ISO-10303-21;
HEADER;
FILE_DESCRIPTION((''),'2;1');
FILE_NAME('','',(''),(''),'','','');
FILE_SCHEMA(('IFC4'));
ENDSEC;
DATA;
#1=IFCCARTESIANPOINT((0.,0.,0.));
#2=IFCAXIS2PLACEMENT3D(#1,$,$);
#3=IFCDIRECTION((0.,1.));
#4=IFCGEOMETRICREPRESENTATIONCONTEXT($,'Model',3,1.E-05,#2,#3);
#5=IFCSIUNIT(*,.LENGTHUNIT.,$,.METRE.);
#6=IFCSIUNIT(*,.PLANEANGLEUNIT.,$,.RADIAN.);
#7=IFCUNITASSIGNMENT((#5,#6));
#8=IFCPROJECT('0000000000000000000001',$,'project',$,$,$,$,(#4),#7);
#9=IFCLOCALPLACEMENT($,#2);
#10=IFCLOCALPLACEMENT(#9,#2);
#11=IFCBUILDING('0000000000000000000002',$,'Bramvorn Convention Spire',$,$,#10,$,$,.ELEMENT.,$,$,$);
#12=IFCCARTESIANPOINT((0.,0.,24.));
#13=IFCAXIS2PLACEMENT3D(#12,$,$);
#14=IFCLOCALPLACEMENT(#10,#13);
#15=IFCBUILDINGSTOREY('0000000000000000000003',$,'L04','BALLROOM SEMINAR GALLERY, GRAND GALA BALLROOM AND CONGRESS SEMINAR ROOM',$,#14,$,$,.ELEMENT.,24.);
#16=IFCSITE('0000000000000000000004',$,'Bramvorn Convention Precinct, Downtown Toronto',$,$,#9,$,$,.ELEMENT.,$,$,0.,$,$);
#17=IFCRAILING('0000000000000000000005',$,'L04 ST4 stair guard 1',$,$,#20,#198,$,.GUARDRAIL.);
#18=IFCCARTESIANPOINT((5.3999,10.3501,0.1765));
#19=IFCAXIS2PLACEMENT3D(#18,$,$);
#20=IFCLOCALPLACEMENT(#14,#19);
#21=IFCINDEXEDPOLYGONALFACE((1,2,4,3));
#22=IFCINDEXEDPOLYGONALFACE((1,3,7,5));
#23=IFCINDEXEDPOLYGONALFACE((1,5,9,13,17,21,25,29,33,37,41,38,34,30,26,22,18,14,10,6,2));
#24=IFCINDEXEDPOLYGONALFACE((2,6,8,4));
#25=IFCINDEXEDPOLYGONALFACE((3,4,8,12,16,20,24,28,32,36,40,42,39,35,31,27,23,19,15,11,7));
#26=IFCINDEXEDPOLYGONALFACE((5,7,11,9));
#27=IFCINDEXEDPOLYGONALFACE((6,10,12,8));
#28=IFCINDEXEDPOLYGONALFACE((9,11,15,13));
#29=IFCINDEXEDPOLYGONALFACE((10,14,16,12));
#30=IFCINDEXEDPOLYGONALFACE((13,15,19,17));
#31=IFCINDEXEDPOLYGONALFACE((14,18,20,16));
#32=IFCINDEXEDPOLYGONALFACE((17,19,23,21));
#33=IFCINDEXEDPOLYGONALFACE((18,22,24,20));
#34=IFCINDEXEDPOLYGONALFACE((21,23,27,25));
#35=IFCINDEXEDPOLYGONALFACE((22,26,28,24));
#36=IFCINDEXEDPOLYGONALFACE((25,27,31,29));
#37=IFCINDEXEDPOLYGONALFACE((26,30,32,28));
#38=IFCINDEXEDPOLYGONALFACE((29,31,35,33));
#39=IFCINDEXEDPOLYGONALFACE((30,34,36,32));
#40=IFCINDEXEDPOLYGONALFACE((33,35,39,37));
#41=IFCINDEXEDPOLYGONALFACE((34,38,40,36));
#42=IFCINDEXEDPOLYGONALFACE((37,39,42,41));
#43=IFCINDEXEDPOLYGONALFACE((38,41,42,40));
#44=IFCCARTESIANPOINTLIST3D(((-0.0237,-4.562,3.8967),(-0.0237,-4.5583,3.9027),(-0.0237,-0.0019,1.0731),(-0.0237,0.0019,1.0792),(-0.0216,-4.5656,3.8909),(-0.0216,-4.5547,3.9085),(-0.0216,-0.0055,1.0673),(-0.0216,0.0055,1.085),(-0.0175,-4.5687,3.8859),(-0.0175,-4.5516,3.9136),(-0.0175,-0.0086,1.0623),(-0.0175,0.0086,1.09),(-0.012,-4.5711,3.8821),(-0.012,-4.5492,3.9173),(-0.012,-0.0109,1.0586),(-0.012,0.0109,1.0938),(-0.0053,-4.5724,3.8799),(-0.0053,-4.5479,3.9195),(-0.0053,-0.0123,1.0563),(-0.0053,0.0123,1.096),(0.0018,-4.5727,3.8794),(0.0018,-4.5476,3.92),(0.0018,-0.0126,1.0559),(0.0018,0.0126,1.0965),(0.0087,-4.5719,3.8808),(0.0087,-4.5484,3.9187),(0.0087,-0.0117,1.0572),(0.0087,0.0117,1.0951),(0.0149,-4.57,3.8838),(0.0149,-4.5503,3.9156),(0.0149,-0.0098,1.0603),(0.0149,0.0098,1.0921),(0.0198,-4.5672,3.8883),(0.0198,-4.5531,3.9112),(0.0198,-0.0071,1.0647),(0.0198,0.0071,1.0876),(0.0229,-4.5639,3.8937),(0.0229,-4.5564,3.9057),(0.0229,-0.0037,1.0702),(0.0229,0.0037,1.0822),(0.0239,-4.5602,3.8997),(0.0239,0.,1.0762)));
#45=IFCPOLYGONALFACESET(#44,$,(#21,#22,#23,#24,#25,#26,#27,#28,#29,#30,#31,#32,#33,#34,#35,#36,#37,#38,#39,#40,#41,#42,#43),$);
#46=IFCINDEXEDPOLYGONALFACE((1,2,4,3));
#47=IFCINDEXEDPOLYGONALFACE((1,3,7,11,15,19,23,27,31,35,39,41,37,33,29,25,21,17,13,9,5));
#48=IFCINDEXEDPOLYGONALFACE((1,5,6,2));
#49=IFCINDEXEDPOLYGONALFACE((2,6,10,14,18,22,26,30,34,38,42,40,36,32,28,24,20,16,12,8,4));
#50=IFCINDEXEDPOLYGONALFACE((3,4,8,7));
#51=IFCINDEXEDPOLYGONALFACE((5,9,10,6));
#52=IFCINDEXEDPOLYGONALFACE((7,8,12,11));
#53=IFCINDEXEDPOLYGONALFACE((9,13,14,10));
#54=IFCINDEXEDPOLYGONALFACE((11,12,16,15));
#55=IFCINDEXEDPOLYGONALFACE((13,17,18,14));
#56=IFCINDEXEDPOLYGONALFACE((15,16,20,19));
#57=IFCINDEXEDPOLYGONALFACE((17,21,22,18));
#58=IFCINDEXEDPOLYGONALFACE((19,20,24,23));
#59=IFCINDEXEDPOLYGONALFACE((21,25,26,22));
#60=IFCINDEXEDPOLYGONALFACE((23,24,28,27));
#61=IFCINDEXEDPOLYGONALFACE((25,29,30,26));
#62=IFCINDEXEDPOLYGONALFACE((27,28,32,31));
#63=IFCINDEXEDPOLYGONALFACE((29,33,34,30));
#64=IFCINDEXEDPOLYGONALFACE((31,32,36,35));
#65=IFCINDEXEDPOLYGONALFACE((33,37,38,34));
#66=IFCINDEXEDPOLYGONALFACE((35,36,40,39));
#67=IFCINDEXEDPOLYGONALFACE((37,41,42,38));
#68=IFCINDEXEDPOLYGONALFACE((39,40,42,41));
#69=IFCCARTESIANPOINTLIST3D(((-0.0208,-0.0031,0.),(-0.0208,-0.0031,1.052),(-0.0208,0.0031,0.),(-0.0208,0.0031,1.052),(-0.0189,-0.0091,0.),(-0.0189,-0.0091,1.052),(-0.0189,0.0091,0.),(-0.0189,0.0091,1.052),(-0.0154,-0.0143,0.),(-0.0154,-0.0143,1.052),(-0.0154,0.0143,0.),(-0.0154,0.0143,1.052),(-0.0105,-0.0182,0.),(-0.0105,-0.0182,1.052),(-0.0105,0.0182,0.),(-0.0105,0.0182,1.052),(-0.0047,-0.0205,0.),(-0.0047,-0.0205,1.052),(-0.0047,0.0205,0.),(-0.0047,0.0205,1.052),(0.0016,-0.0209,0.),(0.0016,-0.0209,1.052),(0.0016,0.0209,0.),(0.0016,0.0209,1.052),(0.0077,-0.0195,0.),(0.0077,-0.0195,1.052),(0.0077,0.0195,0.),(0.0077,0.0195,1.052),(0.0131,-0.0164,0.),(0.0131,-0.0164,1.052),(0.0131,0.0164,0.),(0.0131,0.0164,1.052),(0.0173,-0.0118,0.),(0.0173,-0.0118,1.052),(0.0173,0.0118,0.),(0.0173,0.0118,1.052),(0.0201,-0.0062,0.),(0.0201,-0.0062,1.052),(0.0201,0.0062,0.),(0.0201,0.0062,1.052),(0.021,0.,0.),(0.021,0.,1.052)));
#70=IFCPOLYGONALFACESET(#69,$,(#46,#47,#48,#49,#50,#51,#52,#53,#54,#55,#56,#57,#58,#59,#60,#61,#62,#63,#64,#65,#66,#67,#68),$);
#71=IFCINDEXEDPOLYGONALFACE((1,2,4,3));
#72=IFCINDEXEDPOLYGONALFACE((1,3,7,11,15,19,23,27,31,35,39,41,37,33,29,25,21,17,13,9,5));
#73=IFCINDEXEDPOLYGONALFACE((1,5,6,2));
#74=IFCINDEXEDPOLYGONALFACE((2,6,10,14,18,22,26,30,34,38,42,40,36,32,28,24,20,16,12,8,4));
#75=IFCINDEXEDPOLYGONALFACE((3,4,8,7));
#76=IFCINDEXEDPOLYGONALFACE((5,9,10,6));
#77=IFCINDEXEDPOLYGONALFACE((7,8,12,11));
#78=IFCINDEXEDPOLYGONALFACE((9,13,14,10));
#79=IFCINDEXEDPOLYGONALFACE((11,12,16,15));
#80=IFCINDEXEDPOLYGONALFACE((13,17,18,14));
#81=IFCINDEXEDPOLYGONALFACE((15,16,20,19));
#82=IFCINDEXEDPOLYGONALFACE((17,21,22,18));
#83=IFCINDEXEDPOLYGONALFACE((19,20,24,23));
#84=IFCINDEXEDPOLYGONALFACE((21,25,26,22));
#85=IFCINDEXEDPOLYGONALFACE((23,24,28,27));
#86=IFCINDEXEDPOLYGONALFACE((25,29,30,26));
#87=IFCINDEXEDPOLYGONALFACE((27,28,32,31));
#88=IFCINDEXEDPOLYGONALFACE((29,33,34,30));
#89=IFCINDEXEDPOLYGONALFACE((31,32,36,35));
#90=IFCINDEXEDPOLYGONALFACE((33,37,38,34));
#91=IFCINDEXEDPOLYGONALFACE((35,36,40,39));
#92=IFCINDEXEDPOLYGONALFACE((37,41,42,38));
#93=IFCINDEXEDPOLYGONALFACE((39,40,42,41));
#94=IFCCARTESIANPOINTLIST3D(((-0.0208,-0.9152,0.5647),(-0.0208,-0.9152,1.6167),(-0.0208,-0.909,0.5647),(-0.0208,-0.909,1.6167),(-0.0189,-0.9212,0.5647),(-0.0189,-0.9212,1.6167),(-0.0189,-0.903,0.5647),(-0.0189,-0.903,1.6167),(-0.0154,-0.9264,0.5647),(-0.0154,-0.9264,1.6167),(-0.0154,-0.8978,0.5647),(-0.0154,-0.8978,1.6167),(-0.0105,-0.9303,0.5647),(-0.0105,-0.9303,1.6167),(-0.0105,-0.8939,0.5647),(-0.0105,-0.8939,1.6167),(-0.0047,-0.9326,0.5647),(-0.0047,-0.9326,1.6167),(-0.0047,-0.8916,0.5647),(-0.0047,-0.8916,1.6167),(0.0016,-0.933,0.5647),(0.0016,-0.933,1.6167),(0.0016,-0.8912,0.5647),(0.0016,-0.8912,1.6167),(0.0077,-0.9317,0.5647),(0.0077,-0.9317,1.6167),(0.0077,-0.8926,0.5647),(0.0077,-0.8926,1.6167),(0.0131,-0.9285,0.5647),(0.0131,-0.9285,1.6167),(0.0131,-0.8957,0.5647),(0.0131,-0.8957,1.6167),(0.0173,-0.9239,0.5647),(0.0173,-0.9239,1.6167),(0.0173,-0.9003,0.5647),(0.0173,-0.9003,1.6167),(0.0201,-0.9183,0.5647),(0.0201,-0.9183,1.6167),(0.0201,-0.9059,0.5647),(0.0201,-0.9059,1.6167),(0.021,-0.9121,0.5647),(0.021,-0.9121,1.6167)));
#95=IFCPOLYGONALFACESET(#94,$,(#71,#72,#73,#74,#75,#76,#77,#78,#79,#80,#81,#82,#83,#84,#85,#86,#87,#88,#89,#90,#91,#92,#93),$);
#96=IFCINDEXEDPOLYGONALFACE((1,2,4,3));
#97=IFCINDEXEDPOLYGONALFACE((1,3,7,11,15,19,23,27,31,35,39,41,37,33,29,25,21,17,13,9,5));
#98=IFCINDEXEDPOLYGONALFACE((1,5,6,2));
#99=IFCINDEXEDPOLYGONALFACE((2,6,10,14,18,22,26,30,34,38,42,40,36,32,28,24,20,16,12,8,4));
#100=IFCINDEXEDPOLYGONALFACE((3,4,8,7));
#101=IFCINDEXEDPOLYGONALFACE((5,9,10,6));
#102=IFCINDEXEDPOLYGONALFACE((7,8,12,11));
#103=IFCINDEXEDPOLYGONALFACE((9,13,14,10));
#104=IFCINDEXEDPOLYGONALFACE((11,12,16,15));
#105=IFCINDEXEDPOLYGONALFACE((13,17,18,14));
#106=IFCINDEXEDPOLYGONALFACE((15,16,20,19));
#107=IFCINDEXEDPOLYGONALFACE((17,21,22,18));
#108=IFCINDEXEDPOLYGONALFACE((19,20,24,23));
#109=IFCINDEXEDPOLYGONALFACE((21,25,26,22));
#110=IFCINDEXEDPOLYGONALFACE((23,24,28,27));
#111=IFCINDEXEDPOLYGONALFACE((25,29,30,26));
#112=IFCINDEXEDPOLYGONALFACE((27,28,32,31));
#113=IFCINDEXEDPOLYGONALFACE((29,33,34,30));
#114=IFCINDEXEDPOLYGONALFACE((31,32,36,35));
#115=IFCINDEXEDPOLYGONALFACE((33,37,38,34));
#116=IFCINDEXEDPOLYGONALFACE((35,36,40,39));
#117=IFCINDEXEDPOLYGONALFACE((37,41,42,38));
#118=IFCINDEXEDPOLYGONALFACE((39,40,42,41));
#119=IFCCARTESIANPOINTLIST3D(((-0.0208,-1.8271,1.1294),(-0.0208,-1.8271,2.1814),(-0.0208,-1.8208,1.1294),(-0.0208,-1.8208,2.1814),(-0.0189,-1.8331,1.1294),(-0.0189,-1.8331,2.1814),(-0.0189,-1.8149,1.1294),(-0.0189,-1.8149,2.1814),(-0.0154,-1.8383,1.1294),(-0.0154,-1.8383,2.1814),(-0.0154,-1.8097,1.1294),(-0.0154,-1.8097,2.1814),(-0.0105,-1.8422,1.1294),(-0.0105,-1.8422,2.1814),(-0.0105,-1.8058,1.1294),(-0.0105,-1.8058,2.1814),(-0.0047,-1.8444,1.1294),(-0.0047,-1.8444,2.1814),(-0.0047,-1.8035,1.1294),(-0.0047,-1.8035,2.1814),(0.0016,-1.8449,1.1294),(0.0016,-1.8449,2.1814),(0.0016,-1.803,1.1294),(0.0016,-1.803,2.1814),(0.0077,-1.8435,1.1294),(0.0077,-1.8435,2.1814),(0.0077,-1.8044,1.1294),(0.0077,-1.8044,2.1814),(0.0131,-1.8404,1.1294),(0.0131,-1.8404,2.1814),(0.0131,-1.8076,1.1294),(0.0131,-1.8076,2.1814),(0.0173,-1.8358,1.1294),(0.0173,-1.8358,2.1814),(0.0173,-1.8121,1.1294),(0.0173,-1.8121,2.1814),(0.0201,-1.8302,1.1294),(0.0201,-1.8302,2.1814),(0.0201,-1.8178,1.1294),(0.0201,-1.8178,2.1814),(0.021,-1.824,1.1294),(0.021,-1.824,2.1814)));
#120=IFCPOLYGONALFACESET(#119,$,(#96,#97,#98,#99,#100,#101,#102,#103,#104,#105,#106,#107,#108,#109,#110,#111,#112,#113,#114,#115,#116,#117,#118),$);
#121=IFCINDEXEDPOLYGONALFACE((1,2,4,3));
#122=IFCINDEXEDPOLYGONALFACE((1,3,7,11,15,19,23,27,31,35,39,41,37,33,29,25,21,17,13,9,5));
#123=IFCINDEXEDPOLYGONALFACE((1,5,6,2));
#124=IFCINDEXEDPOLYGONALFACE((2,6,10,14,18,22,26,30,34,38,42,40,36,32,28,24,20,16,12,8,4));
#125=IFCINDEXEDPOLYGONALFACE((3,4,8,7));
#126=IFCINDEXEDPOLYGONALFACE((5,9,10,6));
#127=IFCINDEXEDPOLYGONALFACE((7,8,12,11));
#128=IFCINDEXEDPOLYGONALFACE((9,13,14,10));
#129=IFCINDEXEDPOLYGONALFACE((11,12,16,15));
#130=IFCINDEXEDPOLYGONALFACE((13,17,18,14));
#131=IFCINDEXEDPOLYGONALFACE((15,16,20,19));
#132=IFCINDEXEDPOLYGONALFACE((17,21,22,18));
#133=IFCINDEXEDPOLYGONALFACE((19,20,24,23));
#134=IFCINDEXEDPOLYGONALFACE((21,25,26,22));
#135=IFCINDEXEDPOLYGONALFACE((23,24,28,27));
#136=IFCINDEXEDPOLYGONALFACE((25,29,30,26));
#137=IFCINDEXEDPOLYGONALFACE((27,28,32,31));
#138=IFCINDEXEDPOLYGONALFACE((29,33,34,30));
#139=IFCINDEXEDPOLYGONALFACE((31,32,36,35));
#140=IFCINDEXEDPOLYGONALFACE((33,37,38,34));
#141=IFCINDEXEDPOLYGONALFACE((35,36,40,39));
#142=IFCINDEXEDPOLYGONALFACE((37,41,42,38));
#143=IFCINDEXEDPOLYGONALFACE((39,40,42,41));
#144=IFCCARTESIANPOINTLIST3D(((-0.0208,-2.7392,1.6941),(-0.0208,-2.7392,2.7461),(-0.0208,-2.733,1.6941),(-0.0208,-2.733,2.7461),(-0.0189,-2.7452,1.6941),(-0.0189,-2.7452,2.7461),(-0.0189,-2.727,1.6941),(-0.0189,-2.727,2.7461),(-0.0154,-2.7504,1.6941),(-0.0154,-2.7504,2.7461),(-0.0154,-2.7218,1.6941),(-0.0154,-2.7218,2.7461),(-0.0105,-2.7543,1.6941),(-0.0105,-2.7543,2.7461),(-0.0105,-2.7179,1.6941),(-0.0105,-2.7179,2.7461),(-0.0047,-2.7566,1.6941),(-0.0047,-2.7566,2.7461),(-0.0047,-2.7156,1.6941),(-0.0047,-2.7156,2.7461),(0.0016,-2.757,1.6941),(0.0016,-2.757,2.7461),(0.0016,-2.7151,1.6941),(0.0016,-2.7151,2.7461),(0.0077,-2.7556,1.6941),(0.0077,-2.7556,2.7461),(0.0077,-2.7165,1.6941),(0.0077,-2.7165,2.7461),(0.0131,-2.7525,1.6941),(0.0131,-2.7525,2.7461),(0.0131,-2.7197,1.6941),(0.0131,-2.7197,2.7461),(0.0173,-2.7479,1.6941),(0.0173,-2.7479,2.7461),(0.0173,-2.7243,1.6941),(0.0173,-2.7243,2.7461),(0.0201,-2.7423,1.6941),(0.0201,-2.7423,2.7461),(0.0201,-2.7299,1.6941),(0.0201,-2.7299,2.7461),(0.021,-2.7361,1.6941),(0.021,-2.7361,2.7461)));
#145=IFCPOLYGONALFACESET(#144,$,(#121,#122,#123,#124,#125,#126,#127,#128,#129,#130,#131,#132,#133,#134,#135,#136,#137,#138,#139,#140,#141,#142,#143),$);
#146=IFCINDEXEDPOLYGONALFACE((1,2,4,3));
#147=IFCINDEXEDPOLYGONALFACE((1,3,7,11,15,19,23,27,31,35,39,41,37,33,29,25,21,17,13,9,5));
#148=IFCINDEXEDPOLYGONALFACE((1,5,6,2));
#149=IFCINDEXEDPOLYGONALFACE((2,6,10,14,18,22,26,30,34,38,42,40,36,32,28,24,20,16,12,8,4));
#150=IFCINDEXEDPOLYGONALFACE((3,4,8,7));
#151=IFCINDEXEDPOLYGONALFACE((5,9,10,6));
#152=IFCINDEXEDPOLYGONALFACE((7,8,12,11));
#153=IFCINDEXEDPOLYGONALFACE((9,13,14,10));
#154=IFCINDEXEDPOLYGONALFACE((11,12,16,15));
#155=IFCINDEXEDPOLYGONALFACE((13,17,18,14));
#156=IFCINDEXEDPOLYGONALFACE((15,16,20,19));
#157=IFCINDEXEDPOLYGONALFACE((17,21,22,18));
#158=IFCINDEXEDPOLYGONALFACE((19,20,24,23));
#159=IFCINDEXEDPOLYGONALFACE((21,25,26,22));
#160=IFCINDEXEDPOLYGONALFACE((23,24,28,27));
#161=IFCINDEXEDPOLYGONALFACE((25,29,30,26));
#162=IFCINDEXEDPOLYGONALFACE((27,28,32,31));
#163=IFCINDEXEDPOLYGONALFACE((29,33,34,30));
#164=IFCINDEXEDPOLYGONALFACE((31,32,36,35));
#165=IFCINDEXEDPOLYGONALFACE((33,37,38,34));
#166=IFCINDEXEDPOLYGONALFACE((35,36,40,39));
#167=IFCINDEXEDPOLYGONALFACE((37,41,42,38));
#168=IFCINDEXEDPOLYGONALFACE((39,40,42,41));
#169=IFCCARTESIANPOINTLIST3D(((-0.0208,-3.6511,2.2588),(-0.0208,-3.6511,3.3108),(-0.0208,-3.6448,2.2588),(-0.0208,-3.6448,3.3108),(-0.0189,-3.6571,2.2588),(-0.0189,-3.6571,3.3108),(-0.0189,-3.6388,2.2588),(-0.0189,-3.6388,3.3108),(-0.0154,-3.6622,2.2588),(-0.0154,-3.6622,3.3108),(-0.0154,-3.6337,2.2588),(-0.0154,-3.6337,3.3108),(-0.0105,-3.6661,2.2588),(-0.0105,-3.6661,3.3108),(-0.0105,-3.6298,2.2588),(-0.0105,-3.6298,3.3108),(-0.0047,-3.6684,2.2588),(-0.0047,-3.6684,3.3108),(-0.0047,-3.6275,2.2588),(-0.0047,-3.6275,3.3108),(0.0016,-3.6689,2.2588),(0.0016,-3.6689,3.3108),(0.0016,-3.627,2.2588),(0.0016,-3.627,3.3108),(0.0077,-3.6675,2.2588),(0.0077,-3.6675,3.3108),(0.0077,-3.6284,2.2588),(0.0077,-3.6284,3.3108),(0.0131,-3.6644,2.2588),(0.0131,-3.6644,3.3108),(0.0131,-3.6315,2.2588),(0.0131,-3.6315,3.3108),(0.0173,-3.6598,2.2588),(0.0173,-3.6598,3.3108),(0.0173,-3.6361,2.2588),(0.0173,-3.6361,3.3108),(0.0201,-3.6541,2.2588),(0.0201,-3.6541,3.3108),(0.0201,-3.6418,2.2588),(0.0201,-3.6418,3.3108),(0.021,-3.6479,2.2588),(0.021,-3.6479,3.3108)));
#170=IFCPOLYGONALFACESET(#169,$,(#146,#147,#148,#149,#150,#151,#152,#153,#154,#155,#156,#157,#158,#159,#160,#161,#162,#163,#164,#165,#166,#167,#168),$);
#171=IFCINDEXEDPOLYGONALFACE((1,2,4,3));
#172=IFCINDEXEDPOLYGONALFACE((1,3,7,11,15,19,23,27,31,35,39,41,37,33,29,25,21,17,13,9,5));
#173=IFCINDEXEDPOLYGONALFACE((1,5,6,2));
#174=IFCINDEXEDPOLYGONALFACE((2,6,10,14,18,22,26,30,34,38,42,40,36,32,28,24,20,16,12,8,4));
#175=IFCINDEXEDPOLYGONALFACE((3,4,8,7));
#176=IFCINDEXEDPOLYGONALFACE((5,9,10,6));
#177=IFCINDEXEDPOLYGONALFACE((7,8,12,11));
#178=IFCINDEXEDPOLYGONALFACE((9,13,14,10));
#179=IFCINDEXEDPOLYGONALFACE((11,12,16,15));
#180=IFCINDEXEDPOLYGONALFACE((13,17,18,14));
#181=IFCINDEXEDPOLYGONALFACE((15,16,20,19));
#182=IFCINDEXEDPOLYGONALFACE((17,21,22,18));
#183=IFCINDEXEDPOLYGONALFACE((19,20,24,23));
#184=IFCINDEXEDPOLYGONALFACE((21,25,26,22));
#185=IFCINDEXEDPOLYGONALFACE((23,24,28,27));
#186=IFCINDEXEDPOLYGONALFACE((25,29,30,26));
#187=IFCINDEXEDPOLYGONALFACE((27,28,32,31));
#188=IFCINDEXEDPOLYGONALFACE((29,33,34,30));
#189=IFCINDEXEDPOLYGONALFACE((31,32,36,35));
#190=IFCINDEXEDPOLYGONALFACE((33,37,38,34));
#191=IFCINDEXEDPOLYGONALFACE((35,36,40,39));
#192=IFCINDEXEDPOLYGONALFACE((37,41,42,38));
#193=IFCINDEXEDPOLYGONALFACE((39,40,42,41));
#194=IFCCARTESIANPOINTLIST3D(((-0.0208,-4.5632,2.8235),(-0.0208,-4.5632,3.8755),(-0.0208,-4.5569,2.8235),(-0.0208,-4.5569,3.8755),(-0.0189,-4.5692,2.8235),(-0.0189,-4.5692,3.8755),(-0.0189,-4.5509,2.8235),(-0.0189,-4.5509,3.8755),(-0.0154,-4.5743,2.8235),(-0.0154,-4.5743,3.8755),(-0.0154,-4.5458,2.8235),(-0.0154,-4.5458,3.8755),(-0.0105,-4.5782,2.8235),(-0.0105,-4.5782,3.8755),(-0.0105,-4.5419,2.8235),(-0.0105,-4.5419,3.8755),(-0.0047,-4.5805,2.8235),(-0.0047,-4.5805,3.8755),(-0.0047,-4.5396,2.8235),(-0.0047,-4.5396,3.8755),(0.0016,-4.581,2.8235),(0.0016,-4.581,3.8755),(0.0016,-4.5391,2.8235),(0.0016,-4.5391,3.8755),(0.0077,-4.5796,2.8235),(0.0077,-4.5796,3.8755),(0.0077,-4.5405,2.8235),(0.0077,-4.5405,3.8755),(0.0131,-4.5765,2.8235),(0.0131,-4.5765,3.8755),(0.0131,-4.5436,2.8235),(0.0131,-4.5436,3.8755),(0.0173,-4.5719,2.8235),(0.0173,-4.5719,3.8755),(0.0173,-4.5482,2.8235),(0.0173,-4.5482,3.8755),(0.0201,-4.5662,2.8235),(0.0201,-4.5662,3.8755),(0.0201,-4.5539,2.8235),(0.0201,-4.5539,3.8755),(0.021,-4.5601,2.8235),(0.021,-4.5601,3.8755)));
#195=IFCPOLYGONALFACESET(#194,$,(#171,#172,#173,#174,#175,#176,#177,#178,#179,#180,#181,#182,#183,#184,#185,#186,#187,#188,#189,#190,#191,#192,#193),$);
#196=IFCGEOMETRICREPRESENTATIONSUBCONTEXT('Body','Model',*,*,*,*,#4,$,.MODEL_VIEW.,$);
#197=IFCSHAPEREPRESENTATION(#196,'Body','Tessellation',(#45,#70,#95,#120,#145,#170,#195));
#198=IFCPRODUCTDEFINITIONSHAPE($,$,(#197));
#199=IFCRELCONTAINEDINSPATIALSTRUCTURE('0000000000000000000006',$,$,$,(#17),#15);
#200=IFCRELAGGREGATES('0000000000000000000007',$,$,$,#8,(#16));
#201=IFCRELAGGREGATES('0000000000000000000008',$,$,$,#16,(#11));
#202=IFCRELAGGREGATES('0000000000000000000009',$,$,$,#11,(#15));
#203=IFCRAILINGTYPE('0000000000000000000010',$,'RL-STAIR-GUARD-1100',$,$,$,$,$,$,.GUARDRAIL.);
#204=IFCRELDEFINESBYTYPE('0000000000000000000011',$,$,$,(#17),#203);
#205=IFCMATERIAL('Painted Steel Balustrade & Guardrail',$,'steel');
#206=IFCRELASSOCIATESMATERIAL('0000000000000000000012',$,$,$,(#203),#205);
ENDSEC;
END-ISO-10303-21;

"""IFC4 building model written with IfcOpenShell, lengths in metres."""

from ifc_helpers import new_model, si_unit, direction, frame, origin, origin_2d, place, context, subcontext, project, spatial, circle, extrude, material, type_object, element, save


model = new_model("IFC4")

# Units and contexts
model_context = context("Model", 3, precision=1e-05, world=origin(), true_north=direction((0.0, 1.0)))
body_context = subcontext(model_context, "Body", "Model", "MODEL_VIEW")
ifc_project = project(units=[si_unit("LENGTHUNIT", "METRE"), si_unit("PLANEANGLEUNIT", "RADIAN")], contexts=[model_context])

# Site, building, storey
site_placement = place(None, origin())
site = spatial("IfcSite", under=ifc_project, at=site_placement, Name="Bramvorn Convention Precinct, Downtown Toronto", CompositionType="ELEMENT", RefElevation=0.0)
building_placement = place(site_placement, origin())
building = spatial("IfcBuilding", under=site, at=building_placement, Name="Bramvorn Convention Spire", CompositionType="ELEMENT")
storey_placement = place(building_placement, frame((0.0, 0.0, 24.0)))
storey = spatial("IfcBuildingStorey", under=building, at=storey_placement, Name="L04", Description="BALLROOM SEMINAR GALLERY, GRAND GALA BALLROOM AND CONGRESS SEMINAR ROOM", CompositionType="ELEMENT", Elevation=24.0)

# Railing
ifc_material_1 = material(Name="Painted Steel Balustrade & Guardrail", Category="steel")
railing_type_1 = type_object("IfcRailingType", Name="RL-STAIR-GUARD-1100", PredefinedType="GUARDRAIL", material=ifc_material_1)
railing_1_placement = place(storey_placement, frame((5.3999, 10.3501, 0.1765)))
element("IfcRailing", 1, at=railing_1_placement, inside=storey, type_object=railing_type_1, Name="L04 ST4 stair guard 1", PredefinedType="GUARDRAIL", context=body_context, shape_type="SweptSolid", body=[
    extrude(circle(Radius=0.0239, at=origin_2d()), frame((0.0, 0.0, 1.0762), z_axis=(0.0, -0.850216, 0.526435), x_axis=(1.0, 0.0, 0.0)), (0.0, 0.0, 1.0), 5.3635),
    extrude(circle(Radius=0.021, at=origin_2d()), origin(), (0.0, 0.0, 1.0), 1.052),
    extrude(circle(Radius=0.021, at=origin_2d()), frame((0.0, -0.9121, 0.5647)), (0.0, 0.0, 1.0), 1.052),
    extrude(circle(Radius=0.021, at=origin_2d()), frame((0.0, -1.824, 1.1294)), (0.0, 0.0, 1.0), 1.052),
    extrude(circle(Radius=0.021, at=origin_2d()), frame((0.0, -2.7361, 1.6941)), (0.0, 0.0, 1.0), 1.052),
    extrude(circle(Radius=0.021, at=origin_2d()), frame((0.0, -3.6479, 2.2588)), (0.0, 0.0, 1.0), 1.052),
    extrude(circle(Radius=0.021, at=origin_2d()), frame((0.0, -4.5601, 2.8235)), (0.0, 0.0, 1.0), 1.052),
])

save(model, "model.ifc")
